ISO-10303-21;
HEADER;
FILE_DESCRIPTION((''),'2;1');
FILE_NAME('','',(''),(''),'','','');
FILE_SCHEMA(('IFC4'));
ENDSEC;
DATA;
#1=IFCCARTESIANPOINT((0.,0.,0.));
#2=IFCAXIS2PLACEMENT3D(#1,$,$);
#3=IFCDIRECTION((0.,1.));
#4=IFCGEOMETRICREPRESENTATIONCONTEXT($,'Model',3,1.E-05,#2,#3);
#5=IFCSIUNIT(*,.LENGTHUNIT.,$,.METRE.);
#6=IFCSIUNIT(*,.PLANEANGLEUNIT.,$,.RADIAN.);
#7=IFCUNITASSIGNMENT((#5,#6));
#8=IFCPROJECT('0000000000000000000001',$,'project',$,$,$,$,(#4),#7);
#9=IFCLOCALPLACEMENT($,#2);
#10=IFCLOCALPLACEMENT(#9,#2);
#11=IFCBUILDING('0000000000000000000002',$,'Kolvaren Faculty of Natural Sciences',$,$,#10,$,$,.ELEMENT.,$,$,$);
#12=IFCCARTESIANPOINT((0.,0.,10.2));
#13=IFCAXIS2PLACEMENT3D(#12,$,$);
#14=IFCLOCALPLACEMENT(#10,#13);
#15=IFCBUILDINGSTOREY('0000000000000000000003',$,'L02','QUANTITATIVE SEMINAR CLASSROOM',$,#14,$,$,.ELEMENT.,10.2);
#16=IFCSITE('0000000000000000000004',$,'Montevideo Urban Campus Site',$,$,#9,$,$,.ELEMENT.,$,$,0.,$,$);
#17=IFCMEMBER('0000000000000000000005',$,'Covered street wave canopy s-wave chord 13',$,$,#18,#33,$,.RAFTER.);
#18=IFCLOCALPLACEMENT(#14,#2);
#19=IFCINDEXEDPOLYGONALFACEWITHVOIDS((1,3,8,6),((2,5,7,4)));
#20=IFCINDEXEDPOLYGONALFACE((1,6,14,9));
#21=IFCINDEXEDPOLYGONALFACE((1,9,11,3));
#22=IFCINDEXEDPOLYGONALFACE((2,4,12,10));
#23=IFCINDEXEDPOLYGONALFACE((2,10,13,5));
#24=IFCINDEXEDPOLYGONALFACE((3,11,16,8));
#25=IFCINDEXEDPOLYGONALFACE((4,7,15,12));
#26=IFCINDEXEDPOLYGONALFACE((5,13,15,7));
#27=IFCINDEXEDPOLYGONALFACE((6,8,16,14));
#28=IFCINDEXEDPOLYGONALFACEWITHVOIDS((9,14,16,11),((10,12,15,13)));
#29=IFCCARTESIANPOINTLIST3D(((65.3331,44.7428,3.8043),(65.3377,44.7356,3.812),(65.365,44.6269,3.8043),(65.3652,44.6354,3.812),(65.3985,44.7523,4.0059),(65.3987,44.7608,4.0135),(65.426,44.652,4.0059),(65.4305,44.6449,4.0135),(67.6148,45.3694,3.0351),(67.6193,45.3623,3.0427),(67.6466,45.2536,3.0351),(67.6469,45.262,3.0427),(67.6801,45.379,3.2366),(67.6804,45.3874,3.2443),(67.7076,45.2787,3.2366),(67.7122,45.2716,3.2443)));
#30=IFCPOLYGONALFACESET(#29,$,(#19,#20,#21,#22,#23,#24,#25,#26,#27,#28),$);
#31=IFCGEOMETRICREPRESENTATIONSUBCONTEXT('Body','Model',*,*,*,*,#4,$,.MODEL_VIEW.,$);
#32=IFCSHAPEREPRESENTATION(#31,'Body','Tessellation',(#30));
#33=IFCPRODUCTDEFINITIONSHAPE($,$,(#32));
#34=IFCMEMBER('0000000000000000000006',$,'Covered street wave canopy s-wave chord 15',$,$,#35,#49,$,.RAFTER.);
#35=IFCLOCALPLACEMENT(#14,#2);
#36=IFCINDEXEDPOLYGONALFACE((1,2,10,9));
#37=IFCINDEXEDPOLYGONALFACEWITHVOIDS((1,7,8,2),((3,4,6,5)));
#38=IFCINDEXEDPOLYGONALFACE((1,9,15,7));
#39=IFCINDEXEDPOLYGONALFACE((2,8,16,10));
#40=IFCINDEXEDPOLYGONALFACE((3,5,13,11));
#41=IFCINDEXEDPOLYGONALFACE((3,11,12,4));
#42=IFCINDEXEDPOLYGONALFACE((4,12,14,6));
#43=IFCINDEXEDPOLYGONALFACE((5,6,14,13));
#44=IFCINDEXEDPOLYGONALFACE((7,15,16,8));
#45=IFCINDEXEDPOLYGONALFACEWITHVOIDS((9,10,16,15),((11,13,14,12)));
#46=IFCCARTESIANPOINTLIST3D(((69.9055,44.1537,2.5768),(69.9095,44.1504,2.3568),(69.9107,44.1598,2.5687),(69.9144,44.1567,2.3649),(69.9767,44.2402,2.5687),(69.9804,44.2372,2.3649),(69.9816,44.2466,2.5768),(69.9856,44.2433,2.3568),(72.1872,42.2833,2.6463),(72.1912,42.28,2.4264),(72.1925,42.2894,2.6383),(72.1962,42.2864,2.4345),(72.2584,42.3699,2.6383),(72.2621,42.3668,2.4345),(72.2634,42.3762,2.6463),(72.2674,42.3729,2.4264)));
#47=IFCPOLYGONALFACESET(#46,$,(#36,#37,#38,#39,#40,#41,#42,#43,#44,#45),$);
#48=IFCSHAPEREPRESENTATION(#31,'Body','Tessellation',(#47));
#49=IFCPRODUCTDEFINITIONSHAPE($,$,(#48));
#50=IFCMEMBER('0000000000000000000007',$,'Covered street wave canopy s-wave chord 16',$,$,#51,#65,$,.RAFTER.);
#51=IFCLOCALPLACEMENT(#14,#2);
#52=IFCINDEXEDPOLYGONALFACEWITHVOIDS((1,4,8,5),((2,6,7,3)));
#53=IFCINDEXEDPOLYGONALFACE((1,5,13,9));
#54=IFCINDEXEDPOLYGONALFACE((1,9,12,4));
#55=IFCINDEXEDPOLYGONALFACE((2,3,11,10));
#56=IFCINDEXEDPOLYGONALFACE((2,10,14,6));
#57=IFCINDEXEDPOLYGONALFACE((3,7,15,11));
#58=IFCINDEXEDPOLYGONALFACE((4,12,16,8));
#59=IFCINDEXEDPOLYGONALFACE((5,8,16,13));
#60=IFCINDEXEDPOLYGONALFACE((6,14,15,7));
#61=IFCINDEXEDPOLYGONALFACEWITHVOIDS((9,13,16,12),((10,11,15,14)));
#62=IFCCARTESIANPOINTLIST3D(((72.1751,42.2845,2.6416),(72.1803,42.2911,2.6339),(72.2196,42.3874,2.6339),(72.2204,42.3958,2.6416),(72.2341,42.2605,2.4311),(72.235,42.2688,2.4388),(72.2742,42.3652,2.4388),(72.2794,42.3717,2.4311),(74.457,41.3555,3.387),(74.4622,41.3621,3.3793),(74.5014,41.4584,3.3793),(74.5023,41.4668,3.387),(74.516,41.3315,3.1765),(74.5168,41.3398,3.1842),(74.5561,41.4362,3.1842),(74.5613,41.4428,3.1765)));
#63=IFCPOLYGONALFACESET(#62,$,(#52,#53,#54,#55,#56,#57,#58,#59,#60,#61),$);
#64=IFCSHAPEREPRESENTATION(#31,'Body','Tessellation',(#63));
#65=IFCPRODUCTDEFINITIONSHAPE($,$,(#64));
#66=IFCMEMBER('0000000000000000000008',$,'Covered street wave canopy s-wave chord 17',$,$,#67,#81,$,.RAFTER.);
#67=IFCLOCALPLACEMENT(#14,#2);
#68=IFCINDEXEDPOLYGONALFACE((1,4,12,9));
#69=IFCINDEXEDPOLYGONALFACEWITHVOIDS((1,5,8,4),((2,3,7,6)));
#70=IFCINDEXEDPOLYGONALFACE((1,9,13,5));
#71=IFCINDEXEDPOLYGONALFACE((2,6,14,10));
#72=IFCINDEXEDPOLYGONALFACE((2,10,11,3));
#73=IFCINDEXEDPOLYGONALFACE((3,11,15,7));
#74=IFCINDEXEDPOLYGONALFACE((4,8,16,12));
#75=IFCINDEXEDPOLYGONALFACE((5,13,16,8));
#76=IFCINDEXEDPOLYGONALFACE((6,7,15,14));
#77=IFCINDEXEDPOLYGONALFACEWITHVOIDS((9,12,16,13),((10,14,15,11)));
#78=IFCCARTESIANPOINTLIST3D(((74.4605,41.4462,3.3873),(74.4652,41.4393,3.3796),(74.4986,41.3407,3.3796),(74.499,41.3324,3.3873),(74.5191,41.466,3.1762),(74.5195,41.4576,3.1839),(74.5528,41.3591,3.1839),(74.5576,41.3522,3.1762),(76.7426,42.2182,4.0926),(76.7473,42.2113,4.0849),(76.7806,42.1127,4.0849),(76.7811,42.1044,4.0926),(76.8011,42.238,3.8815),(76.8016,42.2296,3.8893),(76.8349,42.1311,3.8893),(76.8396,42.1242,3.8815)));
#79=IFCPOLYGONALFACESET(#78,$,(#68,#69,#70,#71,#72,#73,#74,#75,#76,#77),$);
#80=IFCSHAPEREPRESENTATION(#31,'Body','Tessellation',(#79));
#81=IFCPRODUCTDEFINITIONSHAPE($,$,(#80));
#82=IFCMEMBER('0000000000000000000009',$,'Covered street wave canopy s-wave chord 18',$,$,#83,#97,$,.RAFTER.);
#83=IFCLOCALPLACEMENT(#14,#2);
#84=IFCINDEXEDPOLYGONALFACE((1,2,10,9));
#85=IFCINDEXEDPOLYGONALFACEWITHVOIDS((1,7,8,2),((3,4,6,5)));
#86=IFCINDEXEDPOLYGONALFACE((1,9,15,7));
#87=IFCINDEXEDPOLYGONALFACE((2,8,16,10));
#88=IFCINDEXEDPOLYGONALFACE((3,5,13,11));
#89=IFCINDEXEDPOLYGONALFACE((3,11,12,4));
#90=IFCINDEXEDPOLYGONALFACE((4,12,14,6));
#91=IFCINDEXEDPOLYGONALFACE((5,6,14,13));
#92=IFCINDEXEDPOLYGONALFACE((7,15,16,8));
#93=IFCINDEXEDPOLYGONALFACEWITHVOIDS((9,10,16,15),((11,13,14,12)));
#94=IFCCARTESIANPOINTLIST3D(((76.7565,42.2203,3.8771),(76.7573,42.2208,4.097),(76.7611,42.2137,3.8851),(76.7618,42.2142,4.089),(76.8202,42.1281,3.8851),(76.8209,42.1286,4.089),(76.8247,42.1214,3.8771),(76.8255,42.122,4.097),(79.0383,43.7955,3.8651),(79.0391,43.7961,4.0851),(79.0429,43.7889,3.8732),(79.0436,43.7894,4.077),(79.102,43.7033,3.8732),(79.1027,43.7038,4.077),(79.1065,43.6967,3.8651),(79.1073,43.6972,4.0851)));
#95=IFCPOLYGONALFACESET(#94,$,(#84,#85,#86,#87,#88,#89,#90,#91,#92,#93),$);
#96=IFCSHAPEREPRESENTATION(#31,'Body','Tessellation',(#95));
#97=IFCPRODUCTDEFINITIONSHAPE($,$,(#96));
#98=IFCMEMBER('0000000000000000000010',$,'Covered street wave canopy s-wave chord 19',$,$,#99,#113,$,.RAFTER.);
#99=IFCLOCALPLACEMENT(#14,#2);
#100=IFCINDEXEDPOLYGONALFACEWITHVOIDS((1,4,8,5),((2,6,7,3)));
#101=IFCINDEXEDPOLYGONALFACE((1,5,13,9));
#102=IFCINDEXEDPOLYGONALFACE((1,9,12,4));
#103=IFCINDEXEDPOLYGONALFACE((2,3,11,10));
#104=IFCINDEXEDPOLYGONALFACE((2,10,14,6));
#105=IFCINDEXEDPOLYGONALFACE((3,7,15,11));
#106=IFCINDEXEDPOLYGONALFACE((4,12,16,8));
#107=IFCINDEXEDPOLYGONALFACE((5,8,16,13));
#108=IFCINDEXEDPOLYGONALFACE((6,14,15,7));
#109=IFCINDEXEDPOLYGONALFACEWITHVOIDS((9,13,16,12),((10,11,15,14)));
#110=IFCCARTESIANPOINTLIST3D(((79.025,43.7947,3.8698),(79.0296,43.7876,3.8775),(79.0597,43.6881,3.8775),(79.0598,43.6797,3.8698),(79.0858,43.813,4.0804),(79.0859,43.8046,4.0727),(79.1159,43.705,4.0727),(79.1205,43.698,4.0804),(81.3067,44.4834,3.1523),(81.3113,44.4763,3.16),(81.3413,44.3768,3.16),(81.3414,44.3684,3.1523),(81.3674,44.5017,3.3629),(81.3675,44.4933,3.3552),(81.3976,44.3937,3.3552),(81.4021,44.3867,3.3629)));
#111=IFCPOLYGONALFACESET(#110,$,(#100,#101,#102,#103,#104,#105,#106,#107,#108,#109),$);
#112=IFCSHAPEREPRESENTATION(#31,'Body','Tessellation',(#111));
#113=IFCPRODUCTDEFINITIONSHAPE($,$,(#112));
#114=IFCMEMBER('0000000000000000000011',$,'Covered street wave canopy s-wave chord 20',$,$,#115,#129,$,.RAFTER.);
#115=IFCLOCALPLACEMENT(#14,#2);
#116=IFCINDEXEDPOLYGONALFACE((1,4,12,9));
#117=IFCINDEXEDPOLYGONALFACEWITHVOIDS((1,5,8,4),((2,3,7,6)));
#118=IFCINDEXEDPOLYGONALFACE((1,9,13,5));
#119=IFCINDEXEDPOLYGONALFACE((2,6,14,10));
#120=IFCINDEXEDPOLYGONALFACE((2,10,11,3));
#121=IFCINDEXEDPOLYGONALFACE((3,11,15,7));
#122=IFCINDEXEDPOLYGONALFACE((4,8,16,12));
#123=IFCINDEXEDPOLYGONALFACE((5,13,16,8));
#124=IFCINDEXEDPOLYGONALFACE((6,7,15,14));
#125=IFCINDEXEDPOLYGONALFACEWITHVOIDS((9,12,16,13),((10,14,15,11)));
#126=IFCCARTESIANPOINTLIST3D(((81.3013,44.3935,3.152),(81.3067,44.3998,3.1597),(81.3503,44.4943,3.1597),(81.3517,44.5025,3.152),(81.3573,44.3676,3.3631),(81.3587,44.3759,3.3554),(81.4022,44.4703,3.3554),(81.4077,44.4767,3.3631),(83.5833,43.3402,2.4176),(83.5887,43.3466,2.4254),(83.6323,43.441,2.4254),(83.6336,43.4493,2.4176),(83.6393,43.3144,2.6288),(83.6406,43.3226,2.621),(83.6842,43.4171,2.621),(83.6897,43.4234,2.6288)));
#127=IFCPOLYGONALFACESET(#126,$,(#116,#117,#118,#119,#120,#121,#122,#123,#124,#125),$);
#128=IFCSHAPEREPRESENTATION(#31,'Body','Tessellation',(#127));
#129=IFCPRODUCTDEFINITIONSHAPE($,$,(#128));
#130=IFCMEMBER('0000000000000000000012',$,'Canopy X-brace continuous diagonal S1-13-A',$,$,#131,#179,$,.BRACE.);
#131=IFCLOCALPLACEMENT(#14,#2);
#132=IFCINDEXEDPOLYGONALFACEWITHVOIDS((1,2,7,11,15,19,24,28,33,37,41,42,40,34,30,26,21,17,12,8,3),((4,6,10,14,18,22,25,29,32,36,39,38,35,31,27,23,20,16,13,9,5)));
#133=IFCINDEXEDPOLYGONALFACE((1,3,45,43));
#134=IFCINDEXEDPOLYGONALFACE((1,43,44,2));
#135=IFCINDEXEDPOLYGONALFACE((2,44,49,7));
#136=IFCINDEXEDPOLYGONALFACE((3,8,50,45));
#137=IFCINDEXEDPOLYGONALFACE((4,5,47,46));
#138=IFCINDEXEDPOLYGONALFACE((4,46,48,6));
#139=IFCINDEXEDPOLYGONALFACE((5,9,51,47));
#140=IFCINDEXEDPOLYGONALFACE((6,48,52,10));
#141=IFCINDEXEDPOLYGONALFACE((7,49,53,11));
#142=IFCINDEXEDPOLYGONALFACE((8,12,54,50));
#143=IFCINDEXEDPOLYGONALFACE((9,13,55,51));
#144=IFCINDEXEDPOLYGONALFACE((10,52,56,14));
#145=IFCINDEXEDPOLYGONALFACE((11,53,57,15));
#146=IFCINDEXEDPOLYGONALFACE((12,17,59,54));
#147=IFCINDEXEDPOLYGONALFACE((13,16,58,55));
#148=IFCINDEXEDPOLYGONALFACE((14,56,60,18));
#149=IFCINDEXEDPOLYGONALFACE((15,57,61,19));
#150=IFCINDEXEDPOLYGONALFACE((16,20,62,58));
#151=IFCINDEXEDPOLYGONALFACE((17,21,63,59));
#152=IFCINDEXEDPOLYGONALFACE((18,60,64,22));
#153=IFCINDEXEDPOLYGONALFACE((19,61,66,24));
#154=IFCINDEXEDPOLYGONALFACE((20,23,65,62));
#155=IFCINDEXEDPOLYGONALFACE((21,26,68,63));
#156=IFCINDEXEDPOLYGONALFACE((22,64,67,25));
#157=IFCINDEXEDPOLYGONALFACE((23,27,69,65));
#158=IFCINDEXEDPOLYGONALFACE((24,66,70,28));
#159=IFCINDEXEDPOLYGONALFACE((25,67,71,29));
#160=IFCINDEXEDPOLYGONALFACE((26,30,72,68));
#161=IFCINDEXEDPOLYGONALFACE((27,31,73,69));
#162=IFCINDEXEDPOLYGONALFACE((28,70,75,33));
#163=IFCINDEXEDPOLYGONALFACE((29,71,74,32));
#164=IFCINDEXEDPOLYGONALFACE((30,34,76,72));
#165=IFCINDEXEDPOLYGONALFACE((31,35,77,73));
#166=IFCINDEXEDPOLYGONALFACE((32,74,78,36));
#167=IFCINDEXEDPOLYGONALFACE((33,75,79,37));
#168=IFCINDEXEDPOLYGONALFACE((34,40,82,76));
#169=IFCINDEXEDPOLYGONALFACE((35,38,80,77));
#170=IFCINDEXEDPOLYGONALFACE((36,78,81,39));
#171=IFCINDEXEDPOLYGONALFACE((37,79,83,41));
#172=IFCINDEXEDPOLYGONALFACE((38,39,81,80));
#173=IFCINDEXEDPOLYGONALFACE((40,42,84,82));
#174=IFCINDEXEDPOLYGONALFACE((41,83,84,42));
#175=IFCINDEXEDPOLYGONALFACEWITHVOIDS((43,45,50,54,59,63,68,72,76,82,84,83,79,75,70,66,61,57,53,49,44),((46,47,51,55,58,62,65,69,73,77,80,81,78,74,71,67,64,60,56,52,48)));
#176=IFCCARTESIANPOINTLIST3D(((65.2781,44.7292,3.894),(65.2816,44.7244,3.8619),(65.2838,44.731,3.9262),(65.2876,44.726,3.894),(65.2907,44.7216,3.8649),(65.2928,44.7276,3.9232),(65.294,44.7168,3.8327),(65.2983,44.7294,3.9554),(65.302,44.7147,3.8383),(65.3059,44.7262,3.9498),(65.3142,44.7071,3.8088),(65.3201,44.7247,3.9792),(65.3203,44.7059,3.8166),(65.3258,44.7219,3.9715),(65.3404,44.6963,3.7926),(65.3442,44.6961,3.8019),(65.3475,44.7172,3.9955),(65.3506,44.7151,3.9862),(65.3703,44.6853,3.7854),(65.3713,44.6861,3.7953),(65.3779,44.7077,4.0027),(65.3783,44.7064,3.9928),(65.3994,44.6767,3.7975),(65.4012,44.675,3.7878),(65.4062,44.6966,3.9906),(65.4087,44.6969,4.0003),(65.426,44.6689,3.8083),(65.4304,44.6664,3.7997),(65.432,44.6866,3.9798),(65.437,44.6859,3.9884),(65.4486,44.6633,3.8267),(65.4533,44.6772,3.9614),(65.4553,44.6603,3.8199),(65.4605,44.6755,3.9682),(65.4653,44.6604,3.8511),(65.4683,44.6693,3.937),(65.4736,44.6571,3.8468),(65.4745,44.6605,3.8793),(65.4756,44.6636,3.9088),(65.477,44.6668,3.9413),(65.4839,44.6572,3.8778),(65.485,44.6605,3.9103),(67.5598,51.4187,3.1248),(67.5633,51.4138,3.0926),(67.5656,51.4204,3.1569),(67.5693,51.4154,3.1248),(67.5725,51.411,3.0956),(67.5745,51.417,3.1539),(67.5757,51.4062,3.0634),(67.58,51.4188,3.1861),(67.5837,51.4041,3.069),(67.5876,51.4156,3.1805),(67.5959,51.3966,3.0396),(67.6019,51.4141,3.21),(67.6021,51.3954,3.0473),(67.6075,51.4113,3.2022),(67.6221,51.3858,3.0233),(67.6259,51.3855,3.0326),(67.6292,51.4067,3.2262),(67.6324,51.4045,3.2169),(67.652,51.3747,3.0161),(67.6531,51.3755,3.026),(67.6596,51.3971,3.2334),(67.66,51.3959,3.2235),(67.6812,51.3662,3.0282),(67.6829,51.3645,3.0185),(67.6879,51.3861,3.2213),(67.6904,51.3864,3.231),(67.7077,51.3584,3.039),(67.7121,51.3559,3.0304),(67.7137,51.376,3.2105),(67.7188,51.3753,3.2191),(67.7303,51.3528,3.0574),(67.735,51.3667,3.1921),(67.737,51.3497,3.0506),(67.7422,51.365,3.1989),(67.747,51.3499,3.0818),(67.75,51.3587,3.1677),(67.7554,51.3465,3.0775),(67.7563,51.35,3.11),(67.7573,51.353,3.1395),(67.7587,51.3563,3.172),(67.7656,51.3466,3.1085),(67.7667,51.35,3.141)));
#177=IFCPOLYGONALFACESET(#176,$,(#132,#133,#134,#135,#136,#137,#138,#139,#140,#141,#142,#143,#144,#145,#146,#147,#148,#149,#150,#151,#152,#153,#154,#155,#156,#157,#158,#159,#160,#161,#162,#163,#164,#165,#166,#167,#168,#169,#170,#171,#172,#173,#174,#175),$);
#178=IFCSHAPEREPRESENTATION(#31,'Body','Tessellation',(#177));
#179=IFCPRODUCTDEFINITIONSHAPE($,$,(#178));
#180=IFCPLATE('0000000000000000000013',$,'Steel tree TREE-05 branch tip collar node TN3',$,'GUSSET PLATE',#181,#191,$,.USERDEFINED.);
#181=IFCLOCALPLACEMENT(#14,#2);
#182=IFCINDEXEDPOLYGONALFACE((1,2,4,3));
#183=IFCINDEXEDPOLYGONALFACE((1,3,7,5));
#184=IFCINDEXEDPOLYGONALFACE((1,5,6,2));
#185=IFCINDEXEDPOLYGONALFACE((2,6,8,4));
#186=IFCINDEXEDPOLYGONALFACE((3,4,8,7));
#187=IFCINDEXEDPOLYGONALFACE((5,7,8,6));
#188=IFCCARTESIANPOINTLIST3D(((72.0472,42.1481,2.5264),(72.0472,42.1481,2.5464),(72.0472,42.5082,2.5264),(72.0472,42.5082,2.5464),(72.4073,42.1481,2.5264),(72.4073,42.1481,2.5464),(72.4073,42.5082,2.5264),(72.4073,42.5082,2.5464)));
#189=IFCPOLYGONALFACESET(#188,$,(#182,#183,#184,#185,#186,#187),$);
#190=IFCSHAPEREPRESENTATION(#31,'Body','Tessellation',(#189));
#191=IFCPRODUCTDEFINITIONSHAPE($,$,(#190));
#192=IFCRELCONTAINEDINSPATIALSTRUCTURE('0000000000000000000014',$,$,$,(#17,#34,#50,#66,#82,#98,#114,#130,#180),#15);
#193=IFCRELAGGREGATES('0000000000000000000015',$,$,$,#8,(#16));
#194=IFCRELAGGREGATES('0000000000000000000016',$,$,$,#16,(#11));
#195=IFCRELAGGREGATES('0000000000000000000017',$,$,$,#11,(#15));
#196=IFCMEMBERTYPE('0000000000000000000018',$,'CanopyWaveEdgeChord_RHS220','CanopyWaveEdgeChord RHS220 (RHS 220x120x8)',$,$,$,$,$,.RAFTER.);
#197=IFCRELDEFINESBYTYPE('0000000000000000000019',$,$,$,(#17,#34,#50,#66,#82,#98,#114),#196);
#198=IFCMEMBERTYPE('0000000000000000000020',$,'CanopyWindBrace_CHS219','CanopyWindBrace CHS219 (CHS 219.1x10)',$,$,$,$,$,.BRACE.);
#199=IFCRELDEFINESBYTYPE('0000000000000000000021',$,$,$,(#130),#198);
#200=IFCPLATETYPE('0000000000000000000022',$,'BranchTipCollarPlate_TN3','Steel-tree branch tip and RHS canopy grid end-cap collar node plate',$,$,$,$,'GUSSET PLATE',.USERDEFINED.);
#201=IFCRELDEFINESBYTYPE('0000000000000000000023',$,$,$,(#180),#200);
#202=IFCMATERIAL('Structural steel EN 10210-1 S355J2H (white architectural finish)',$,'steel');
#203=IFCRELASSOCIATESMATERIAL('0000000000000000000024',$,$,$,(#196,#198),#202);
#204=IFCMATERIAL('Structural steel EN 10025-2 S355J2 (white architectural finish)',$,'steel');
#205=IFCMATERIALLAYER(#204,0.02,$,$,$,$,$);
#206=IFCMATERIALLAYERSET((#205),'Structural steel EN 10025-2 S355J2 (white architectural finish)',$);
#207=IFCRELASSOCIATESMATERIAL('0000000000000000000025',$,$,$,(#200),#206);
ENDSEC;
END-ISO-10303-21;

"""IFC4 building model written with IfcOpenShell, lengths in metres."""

from ifc_helpers import new_model, si_unit, direction, frame, origin, origin_2d, place, context, subcontext, project, spatial, rectangle, hollow_rectangle, hollow_circle, extrude, material, layer, layer_set, material_profile, profile_set, type_object, element, save


model = new_model("IFC4")

# Units and contexts
model_context = context("Model", 3, precision=1e-05, world=origin(), true_north=direction((0.0, 1.0)))
body_context = subcontext(model_context, "Body", "Model", "MODEL_VIEW")
ifc_project = project(units=[si_unit("LENGTHUNIT", "METRE"), si_unit("PLANEANGLEUNIT", "RADIAN")], contexts=[model_context])

# Site, building, storey
site_placement = place(None, origin())
site = spatial("IfcSite", under=ifc_project, at=site_placement, Name="Montevideo Urban Campus Site", CompositionType="ELEMENT", RefElevation=0.0)
building_placement = place(site_placement, origin())
building = spatial("IfcBuilding", under=site, at=building_placement, Name="Kolvaren Faculty of Natural Sciences", CompositionType="ELEMENT")
storey_placement = place(building_placement, frame((0.0, 0.0, 10.2)))
storey = spatial("IfcBuildingStorey", under=building, at=storey_placement, Name="L02", Description="QUANTITATIVE SEMINAR CLASSROOM", CompositionType="ELEMENT", Elevation=10.2)

# Members
ifc_material_1 = material(Name="Structural steel EN 10210-1 S355J2H (white architectural finish)", Category="steel")
ifc_material_profile_1 = material_profile(ifc_material_1, hollow_rectangle(XDim=0.1201, YDim=0.22, WallThickness=0.0081, at=origin_2d()), Name="RHS 220x120x8")
ifc_profile_set_1 = profile_set([ifc_material_profile_1], Name="Structural steel EN 10210-1 S355J2H (white architectural finish)")
member_type_1 = type_object("IfcMemberType", Name="CanopyWaveEdgeChord_RHS220", Description="CanopyWaveEdgeChord RHS220 (RHS 220x120x8)", PredefinedType="RAFTER", material=ifc_profile_set_1)
member_1_placement = place(storey_placement, frame((65.3818, 44.6938, 3.9089), z_axis=(0.917042, 0.251877, -0.30918), x_axis=(-0.264854, 0.964288, 0.0)))
element("IfcMember", 1, at=member_1_placement, inside=storey, type_object=member_type_1, Name="Covered street wave canopy s-wave chord 13", PredefinedType="RAFTER", context=body_context, shape_type="SweptSolid", body=[
    extrude(hollow_rectangle(XDim=0.1201, YDim=0.22, WallThickness=0.0081, at=origin_2d()), origin(), (0.0, 0.0, 1.0), 2.488),
])
member_2_placement = place(storey_placement, frame((69.9456, 44.1985, 2.4668), z_axis=(0.773163, -0.633769, 0.023577), x_axis=(0.633945, 0.773378, 0.0)))
element("IfcMember", 2, at=member_2_placement, inside=storey, type_object=member_type_1, Name="Covered street wave canopy s-wave chord 15", PredefinedType="RAFTER", context=body_context, shape_type="SweptSolid", body=[
    extrude(hollow_rectangle(XDim=0.1201, YDim=0.22, WallThickness=0.0081, at=origin_2d()), origin(), (0.0, 0.0, 1.0), 2.9512),
])
member_3_placement = place(storey_placement, frame((72.2273, 42.3281, 2.5364), z_axis=(0.886498, -0.360916, 0.289587), x_axis=(0.377073, 0.926183, 0.0)))
element("IfcMember", 3, at=member_3_placement, inside=storey, type_object=member_type_1, Name="Covered street wave canopy s-wave chord 16", PredefinedType="RAFTER", context=body_context, shape_type="SweptSolid", body=[
    extrude(hollow_rectangle(XDim=0.1201, YDim=0.22, WallThickness=0.0081, at=origin_2d()), origin(), (0.0, 0.0, 1.0), 2.574),
])
member_4_placement = place(storey_placement, frame((74.509, 41.3992, 3.2817), z_axis=(0.909101, 0.30754, 0.280988), x_axis=(-0.320451, 0.947265, 0.0)))
element("IfcMember", 4, at=member_4_placement, inside=storey, type_object=member_type_1, Name="Covered street wave canopy s-wave chord 17", PredefinedType="RAFTER", context=body_context, shape_type="SweptSolid", body=[
    extrude(hollow_rectangle(XDim=0.1201, YDim=0.22, WallThickness=0.0081, at=origin_2d()), origin(), (0.0, 0.0, 1.0), 2.5103),
])
member_5_placement = place(storey_placement, frame((76.791, 42.1711, 3.9871), z_axis=(0.822938, 0.568114, -0.004315), x_axis=(-0.56812, 0.822946, 0.0)))
element("IfcMember", 5, at=member_5_placement, inside=storey, type_object=member_type_1, Name="Covered street wave canopy s-wave chord 18", PredefinedType="RAFTER", context=body_context, shape_type="SweptSolid", body=[
    extrude(hollow_rectangle(XDim=0.1201, YDim=0.22, WallThickness=0.0081, at=origin_2d()), origin(), (0.0, 0.0, 1.0), 2.7727),
])
member_6_placement = place(storey_placement, frame((79.0728, 43.7463, 3.9751), z_axis=(0.9167, 0.276697, -0.288271), x_axis=(-0.288964, 0.95734, 0.0)))
element("IfcMember", 6, at=member_6_placement, inside=storey, type_object=member_type_1, Name="Covered street wave canopy s-wave chord 19", PredefinedType="RAFTER", context=body_context, shape_type="SweptSolid", body=[
    extrude(hollow_rectangle(XDim=0.1201, YDim=0.22, WallThickness=0.0081, at=origin_2d()), origin(), (0.0, 0.0, 1.0), 2.489),
])
member_7_placement = place(storey_placement, frame((81.3545, 44.4351, 3.2576), z_axis=(0.871517, -0.402239, -0.280467), x_axis=(0.419058, 0.907959, 0.0)))
element("IfcMember", 7, at=member_7_placement, inside=storey, type_object=member_type_1, Name="Covered street wave canopy s-wave chord 20", PredefinedType="RAFTER", context=body_context, shape_type="SweptSolid", body=[
    extrude(hollow_rectangle(XDim=0.1201, YDim=0.22, WallThickness=0.0081, at=origin_2d()), origin(), (0.0, 0.0, 1.0), 2.6184),
])
ifc_material_profile_2 = material_profile(ifc_material_1, hollow_circle(Radius=0.1096, WallThickness=0.01, at=origin_2d()), Name="CHS 219.1x10")
ifc_profile_set_2 = profile_set([ifc_material_profile_2], Name="Structural steel EN 10210-1 S355J2H (white architectural finish)")
member_type_2 = type_object("IfcMemberType", Name="CanopyWindBrace_CHS219", Description="CanopyWindBrace CHS219 (CHS 219.1x10)", PredefinedType="BRACE", material=ifc_profile_set_2)
member_8_placement = place(storey_placement, frame((65.3818, 44.6938, 3.894), z_axis=(0.320936, 0.9409, -0.108203), x_axis=(-0.946456, 0.322831, 0.0)))
element("IfcMember", 8, at=member_8_placement, inside=storey, type_object=member_type_2, Name="Canopy X-brace continuous diagonal S1-13-A", PredefinedType="BRACE", context=body_context, shape_type="SweptSolid", body=[
    extrude(hollow_circle(Radius=0.1096, WallThickness=0.01, at=origin_2d()), origin(), (0.0, 0.0, 1.0), 7.1096),
])

# Plate
ifc_material_2 = material(Name="Structural steel EN 10025-2 S355J2 (white architectural finish)", Category="steel")
ifc_layer = layer(ifc_material_2, 0.02)
ifc_layer_set = layer_set([ifc_layer], Name="Structural steel EN 10025-2 S355J2 (white architectural finish)")
plate_type = type_object("IfcPlateType", Name="BranchTipCollarPlate_TN3", Description="Steel-tree branch tip and RHS canopy grid end-cap collar node plate", ElementType="GUSSET PLATE", PredefinedType="USERDEFINED", material=ifc_layer_set)
for number, where, z_axis, x_axis, name in (
    (9, (72.2273, 42.3281, 2.5264), (0.0, 0.0, 1.0), (1.0, 0.0, 0.0), "Steel tree TREE-05 branch tip collar node TN3"),
):
    element("IfcPlate", number, at=place(storey_placement, frame(where, z_axis=z_axis, x_axis=x_axis)), inside=storey, type_object=plate_type, Name=name, ObjectType="GUSSET PLATE", PredefinedType="USERDEFINED", context=body_context, shape_type="SweptSolid", body=[
        extrude(rectangle(XDim=0.3601, YDim=0.3601, at=origin_2d()), origin(), (0.0, 0.0, 1.0), 0.02),
    ])

save(model, "model.ifc")
